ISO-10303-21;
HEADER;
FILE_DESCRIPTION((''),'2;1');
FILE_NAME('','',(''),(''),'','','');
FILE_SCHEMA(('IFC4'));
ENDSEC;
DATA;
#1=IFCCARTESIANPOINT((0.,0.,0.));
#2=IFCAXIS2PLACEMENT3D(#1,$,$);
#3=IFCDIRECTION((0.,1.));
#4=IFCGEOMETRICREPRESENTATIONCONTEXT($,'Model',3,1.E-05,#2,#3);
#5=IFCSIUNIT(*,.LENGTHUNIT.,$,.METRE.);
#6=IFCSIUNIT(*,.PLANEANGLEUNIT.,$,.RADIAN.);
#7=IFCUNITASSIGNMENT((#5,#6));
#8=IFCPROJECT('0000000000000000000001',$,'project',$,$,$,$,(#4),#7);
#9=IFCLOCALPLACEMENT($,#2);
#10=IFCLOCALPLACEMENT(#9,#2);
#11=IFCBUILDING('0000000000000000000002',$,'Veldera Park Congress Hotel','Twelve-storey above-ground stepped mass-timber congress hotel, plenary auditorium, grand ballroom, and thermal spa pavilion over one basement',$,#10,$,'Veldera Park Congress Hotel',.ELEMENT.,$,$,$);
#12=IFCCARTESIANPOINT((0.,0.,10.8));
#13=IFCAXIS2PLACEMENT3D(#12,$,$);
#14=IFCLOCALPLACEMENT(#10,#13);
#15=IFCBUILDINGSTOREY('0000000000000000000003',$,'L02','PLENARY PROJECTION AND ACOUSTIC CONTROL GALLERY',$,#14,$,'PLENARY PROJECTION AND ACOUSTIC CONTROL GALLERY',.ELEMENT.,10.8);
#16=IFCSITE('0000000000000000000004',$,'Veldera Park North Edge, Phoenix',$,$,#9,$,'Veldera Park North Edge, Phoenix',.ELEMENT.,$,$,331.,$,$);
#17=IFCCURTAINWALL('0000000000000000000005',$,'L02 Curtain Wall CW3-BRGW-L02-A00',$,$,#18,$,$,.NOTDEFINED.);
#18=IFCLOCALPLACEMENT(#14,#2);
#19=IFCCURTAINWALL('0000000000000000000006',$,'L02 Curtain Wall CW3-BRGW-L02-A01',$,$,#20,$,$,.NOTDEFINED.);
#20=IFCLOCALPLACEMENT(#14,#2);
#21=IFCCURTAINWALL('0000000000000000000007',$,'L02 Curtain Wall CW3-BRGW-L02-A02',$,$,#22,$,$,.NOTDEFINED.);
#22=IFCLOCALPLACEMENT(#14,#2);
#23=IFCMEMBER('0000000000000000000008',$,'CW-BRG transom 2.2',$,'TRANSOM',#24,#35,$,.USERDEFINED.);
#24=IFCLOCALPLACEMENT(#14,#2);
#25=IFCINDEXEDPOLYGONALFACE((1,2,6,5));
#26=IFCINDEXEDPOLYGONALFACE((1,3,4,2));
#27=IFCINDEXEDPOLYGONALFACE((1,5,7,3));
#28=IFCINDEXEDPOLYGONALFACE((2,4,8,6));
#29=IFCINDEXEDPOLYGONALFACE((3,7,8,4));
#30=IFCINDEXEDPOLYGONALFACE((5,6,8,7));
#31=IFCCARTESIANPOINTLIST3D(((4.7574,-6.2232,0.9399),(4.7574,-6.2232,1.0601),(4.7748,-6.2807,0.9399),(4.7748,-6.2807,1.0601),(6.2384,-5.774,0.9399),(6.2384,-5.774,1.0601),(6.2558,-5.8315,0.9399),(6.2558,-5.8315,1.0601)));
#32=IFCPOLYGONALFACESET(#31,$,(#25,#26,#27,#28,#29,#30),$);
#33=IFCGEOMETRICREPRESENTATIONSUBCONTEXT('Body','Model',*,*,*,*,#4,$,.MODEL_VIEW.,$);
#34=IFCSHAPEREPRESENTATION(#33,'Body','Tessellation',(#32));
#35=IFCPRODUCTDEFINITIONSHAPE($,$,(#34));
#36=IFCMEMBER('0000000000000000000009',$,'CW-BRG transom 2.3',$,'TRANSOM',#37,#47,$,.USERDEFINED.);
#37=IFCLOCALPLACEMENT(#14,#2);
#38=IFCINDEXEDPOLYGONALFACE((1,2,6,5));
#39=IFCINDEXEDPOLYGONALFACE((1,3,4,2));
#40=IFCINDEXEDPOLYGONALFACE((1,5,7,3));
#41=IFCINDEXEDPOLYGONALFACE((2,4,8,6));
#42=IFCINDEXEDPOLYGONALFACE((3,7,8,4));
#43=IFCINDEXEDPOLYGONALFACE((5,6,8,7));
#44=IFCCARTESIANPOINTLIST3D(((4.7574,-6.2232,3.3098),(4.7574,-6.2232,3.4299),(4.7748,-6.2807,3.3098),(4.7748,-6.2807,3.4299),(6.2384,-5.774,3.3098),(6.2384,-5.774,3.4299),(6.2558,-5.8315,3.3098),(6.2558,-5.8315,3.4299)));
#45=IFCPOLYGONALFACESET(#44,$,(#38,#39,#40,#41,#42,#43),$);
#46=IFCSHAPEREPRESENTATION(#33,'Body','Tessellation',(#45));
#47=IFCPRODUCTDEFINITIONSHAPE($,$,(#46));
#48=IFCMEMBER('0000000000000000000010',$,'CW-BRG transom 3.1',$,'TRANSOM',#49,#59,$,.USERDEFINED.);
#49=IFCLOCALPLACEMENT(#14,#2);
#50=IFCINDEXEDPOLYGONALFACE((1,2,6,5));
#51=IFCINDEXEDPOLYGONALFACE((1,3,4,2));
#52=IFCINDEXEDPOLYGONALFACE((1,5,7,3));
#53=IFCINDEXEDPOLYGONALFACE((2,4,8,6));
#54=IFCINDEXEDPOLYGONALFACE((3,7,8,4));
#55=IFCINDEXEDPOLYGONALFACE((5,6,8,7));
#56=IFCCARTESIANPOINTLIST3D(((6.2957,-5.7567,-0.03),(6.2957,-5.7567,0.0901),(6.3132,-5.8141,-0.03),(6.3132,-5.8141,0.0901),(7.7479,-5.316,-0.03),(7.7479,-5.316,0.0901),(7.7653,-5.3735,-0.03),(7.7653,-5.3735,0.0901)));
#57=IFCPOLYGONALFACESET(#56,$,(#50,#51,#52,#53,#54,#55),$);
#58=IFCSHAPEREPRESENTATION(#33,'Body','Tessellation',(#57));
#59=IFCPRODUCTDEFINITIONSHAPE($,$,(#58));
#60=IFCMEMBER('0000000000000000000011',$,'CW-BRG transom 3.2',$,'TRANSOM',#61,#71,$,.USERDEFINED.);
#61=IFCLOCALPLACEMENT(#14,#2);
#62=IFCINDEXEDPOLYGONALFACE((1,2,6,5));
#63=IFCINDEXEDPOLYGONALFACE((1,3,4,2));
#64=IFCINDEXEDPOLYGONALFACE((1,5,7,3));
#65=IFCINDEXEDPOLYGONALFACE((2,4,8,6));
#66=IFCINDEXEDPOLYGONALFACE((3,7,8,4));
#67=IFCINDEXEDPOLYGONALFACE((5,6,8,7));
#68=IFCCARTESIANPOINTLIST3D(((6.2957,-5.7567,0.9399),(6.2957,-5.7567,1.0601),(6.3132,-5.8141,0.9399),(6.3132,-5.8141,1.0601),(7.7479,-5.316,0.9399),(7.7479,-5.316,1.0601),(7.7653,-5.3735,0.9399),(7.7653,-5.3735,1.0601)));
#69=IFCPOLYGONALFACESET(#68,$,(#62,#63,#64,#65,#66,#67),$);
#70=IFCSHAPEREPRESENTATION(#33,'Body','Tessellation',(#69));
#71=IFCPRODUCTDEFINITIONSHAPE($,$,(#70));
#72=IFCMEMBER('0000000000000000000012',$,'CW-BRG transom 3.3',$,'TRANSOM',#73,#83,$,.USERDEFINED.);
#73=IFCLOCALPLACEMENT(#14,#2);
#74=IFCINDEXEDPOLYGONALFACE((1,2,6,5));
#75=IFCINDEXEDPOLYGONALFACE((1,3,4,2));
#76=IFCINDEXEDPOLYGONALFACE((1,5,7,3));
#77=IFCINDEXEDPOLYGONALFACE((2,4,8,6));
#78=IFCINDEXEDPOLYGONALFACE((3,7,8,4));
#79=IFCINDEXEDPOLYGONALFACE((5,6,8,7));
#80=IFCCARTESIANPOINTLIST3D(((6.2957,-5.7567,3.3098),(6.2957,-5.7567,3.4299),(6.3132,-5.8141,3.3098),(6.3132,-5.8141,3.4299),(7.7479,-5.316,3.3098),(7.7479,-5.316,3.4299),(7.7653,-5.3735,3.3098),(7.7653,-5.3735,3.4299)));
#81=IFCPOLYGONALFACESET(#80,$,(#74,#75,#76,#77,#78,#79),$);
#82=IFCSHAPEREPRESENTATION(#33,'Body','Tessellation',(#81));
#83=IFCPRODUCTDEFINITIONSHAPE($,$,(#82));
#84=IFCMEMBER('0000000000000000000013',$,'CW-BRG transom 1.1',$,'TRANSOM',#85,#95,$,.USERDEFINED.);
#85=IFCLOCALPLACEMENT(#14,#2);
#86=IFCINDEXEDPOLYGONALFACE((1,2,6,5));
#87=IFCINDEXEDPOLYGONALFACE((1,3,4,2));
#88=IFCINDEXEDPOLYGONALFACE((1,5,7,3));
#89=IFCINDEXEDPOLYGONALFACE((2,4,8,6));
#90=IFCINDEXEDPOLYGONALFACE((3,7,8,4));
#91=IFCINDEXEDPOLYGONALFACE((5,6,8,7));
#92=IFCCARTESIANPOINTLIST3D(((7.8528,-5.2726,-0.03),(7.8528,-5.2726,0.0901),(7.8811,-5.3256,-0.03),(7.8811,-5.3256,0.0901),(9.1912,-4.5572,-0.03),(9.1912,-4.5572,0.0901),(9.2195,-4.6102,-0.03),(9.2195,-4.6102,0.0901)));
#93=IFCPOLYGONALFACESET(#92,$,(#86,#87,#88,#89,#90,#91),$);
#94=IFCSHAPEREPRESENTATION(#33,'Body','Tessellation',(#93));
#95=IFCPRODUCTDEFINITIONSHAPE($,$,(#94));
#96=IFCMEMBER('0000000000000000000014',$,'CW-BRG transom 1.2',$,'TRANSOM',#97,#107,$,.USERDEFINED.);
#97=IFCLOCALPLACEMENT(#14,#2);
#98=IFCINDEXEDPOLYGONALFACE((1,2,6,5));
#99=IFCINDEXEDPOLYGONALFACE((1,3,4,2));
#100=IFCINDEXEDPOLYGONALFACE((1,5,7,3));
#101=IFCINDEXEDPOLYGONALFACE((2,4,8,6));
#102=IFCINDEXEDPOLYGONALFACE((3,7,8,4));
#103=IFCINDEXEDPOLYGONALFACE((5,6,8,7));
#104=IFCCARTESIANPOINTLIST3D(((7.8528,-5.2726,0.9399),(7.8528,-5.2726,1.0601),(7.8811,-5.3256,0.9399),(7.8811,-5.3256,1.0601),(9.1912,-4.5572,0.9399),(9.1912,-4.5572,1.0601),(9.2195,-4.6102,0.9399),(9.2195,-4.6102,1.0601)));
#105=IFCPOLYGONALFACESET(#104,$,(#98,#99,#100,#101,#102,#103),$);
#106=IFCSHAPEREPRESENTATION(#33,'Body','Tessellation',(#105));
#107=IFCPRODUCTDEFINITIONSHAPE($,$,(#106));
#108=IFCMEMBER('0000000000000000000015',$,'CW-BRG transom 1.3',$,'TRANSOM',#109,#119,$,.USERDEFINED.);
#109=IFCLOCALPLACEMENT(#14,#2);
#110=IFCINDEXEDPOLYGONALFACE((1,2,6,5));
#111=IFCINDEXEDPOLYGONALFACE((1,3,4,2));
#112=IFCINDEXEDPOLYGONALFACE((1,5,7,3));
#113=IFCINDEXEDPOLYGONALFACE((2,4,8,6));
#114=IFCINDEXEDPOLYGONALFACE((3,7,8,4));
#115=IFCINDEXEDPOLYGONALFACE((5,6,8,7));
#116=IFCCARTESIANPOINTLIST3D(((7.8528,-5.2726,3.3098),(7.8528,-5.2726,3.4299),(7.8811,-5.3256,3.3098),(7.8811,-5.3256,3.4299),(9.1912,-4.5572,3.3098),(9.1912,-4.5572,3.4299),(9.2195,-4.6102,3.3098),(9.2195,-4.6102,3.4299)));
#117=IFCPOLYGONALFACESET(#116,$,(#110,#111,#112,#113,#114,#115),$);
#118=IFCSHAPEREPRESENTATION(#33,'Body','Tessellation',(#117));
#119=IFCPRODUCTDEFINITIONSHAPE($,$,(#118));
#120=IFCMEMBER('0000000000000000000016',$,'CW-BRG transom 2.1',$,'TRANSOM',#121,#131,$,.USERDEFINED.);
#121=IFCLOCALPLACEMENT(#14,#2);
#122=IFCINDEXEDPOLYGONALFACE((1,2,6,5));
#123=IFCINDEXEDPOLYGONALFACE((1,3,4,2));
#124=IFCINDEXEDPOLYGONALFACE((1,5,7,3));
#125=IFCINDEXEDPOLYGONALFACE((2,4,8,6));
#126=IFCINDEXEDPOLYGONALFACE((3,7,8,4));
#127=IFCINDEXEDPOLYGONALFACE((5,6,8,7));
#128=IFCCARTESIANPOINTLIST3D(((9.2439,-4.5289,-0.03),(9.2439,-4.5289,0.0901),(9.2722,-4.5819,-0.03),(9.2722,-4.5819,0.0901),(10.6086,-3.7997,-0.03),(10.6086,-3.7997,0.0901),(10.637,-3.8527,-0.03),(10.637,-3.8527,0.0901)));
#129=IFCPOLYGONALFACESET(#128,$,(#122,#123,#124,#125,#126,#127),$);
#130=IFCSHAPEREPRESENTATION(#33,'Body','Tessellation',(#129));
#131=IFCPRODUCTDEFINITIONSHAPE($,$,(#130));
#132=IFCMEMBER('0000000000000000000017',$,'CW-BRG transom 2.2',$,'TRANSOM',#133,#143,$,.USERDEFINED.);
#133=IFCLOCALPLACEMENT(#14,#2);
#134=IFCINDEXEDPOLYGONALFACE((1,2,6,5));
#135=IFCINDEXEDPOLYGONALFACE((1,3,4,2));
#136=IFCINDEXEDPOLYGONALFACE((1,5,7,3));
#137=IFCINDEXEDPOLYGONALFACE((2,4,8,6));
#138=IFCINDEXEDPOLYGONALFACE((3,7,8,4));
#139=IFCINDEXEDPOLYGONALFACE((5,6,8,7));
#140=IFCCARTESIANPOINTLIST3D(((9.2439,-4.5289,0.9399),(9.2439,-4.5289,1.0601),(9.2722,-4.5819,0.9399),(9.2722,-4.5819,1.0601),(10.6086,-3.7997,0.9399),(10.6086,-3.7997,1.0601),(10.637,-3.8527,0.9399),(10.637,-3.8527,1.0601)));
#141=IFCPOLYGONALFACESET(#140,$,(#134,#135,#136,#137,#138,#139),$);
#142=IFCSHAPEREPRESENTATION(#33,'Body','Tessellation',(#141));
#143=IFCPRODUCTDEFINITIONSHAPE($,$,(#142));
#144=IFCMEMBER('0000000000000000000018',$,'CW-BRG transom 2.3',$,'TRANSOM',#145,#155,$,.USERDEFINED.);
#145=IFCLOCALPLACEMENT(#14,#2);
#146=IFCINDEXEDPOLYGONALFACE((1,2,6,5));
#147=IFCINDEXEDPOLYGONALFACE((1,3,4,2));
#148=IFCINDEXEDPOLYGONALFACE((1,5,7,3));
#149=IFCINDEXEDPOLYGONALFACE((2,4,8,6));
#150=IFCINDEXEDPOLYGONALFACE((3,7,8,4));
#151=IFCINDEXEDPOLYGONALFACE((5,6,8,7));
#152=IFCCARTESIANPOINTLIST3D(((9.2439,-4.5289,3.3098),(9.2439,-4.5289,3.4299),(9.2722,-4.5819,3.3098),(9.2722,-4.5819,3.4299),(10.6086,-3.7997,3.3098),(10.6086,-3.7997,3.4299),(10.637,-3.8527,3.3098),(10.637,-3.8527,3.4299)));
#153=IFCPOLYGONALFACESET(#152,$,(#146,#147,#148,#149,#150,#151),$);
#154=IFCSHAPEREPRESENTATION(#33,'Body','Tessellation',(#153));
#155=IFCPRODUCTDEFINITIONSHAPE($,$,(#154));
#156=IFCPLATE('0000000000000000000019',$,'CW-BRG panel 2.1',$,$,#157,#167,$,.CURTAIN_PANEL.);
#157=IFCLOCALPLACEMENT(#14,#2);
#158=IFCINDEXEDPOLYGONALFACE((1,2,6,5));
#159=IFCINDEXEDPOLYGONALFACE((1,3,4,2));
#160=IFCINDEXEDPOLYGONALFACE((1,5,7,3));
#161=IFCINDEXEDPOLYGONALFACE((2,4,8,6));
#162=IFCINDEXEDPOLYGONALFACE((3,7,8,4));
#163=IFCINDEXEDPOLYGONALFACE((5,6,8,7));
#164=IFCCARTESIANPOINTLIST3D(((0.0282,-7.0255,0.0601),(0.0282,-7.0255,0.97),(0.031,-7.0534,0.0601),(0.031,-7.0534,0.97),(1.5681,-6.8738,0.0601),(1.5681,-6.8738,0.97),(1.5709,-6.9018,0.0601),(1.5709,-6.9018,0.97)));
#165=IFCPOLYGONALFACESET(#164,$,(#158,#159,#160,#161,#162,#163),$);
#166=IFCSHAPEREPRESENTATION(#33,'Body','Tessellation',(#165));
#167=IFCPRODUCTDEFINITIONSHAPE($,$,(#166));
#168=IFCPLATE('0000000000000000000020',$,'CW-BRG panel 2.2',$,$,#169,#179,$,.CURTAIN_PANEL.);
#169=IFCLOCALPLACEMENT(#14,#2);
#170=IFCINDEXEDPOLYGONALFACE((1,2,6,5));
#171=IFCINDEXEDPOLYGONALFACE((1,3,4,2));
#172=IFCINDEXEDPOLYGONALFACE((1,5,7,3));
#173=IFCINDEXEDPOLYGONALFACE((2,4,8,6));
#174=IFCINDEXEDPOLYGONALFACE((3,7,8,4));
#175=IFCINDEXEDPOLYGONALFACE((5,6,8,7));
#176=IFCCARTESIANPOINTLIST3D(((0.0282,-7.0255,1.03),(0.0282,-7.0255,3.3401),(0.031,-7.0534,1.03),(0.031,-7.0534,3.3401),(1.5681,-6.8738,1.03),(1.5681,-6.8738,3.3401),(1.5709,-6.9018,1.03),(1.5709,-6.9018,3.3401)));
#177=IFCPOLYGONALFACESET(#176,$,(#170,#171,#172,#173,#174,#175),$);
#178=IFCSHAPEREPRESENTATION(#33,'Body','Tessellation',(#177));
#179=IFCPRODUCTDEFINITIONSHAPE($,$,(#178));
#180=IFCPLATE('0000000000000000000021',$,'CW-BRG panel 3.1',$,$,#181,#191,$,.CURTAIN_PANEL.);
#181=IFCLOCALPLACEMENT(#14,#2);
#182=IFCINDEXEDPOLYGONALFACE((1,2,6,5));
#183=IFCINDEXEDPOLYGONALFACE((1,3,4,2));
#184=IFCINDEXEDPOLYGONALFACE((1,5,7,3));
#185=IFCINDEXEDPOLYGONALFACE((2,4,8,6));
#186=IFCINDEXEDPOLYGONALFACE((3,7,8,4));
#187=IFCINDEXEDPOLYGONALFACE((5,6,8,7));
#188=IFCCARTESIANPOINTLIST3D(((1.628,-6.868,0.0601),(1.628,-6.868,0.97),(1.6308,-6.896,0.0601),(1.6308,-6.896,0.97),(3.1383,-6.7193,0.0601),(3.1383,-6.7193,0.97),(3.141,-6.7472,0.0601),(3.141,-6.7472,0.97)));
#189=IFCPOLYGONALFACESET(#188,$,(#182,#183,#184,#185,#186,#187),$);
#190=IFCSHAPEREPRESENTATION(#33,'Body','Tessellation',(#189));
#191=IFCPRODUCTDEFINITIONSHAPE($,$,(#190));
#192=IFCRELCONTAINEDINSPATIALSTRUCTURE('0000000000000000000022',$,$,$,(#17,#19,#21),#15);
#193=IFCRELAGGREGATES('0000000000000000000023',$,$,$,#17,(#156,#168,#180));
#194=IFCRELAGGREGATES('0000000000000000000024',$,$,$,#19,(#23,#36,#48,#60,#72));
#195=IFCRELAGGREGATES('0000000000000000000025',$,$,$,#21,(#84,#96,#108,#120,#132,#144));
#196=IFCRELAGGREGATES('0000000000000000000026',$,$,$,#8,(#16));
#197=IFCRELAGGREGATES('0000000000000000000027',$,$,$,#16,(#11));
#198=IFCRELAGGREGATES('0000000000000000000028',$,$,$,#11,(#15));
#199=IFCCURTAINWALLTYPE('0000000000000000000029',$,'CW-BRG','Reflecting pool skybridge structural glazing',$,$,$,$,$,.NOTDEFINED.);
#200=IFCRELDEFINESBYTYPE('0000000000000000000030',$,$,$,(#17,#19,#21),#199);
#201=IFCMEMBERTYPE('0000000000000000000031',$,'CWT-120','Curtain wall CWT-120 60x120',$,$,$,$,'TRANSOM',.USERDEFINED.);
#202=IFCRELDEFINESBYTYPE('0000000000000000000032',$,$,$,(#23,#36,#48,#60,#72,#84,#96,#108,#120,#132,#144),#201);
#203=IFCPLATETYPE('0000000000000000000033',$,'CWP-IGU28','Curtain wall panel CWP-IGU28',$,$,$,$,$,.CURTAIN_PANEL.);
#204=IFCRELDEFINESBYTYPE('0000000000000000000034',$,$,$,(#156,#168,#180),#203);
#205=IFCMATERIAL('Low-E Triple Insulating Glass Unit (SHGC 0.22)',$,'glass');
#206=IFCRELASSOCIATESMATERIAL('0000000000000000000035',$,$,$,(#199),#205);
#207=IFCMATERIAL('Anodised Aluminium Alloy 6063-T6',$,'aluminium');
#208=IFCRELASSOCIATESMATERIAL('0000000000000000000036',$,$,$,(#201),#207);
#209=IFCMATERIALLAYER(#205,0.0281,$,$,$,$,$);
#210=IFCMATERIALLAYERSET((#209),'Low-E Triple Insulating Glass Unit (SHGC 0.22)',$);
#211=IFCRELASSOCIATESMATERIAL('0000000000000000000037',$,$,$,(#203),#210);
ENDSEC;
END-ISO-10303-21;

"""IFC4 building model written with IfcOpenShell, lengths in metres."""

from ifc_helpers import new_model, si_unit, direction, frame, origin, origin_2d, place, context, subcontext, project, spatial, rectangle, extrude, material, layer, layer_set, material_profile, profile_set, type_object, element, aggregate, save


model = new_model("IFC4")

# Units and contexts
model_context = context("Model", 3, precision=1e-05, world=origin(), true_north=direction((0.0, 1.0)))
body_context = subcontext(model_context, "Body", "Model", "MODEL_VIEW")
ifc_project = project(units=[si_unit("LENGTHUNIT", "METRE"), si_unit("PLANEANGLEUNIT", "RADIAN")], contexts=[model_context])

# Site, building, storey
site_placement = place(None, origin())
site = spatial("IfcSite", under=ifc_project, at=site_placement, Name="Veldera Park North Edge, Phoenix", LongName="Veldera Park North Edge, Phoenix", CompositionType="ELEMENT", RefElevation=331.0)
building_placement = place(site_placement, origin())
building = spatial("IfcBuilding", under=site, at=building_placement, Name="Veldera Park Congress Hotel", Description="Twelve-storey above-ground stepped mass-timber congress hotel, plenary auditorium, grand ballroom, and thermal spa pavilion over one basement", LongName="Veldera Park Congress Hotel", CompositionType="ELEMENT")
storey_placement = place(building_placement, frame((0.0, 0.0, 10.8)))
storey = spatial("IfcBuildingStorey", under=building, at=storey_placement, Name="L02", Description="PLENARY PROJECTION AND ACOUSTIC CONTROL GALLERY", LongName="PLENARY PROJECTION AND ACOUSTIC CONTROL GALLERY", CompositionType="ELEMENT", Elevation=10.8)

# Curtain walls
ifc_material_1 = material(Name="Low-E Triple Insulating Glass Unit (SHGC 0.22)", Category="glass")
curtain_wall_type = type_object("IfcCurtainWallType", Name="CW-BRG", Description="Reflecting pool skybridge structural glazing", PredefinedType="NOTDEFINED", material=ifc_material_1)
curtain_wall_1_placement = place(storey_placement, origin())
curtain_wall_1 = element("IfcCurtainWall", 1, at=curtain_wall_1_placement, inside=storey, type_object=curtain_wall_type, Name="L02 Curtain Wall CW3-BRGW-L02-A00", PredefinedType="NOTDEFINED")
ifc_material_2 = material(Name="Anodised Aluminium Alloy 6063-T6", Category="aluminium")
curtain_wall_2_placement = place(storey_placement, origin())
curtain_wall_2 = element("IfcCurtainWall", 2, at=curtain_wall_2_placement, inside=storey, type_object=curtain_wall_type, Name="L02 Curtain Wall CW3-BRGW-L02-A01", PredefinedType="NOTDEFINED")
curtain_wall_3_placement = place(storey_placement, origin())
curtain_wall_3 = element("IfcCurtainWall", 3, at=curtain_wall_3_placement, inside=storey, type_object=curtain_wall_type, Name="L02 Curtain Wall CW3-BRGW-L02-A02", PredefinedType="NOTDEFINED")

# Members
ifc_material_profile_1 = material_profile(ifc_material_2, rectangle(XDim=0.0601, YDim=0.1201, at=origin_2d()), Name="ALU 60x120")
ifc_profile_set_1 = profile_set([ifc_material_profile_1], Name="Anodised Aluminium Alloy 6063-T6")
member_type_1 = type_object("IfcMemberType", Name="CWT-120", Description="Curtain wall CWT-120 60x120", ElementType="TRANSOM", PredefinedType="USERDEFINED", material=ifc_profile_set_1)
member_1_placement = place(storey_placement, frame((4.7661, -6.252, 1.0), z_axis=(0.956945, 0.29027, 0.0), x_axis=(-0.29027, 0.956945, 0.0)))
member_1 = element("IfcMember", 4, at=member_1_placement, type_object=member_type_1, Name="CW-BRG transom 2.2", ObjectType="TRANSOM", PredefinedType="USERDEFINED", context=body_context, shape_type="SweptSolid", body=[
    extrude(rectangle(XDim=0.0601, YDim=0.1201, at=origin_2d()), origin(), (0.0, 0.0, 1.0), 1.5476),
])
member_2_placement = place(storey_placement, frame((4.7661, -6.252, 3.3699), z_axis=(0.956945, 0.29027, 0.0), x_axis=(-0.29027, 0.956945, 0.0)))
member_2 = element("IfcMember", 5, at=member_2_placement, type_object=member_type_1, Name="CW-BRG transom 2.3", ObjectType="TRANSOM", PredefinedType="USERDEFINED", context=body_context, shape_type="SweptSolid", body=[
    extrude(rectangle(XDim=0.0601, YDim=0.1201, at=origin_2d()), origin(), (0.0, 0.0, 1.0), 1.5476),
])
member_3_placement = place(storey_placement, frame((6.3044, -5.7854, 0.03), z_axis=(0.956909, 0.290387, 0.0), x_axis=(-0.290387, 0.956909, 0.0)))
member_3 = element("IfcMember", 6, at=member_3_placement, type_object=member_type_1, Name="CW-BRG transom 3.1", ObjectType="TRANSOM", PredefinedType="USERDEFINED", context=body_context, shape_type="SweptSolid", body=[
    extrude(rectangle(XDim=0.0601, YDim=0.1201, at=origin_2d()), origin(), (0.0, 0.0, 1.0), 1.5176),
])
member_4_placement = place(storey_placement, frame((6.3044, -5.7854, 1.0), z_axis=(0.956909, 0.290387, 0.0), x_axis=(-0.290387, 0.956909, 0.0)))
member_4 = element("IfcMember", 7, at=member_4_placement, type_object=member_type_1, Name="CW-BRG transom 3.2", ObjectType="TRANSOM", PredefinedType="USERDEFINED", context=body_context, shape_type="SweptSolid", body=[
    extrude(rectangle(XDim=0.0601, YDim=0.1201, at=origin_2d()), origin(), (0.0, 0.0, 1.0), 1.5176),
])
member_5_placement = place(storey_placement, frame((6.3044, -5.7854, 3.3699), z_axis=(0.956909, 0.290387, 0.0), x_axis=(-0.290387, 0.956909, 0.0)))
member_5 = element("IfcMember", 8, at=member_5_placement, type_object=member_type_1, Name="CW-BRG transom 3.3", ObjectType="TRANSOM", PredefinedType="USERDEFINED", context=body_context, shape_type="SweptSolid", body=[
    extrude(rectangle(XDim=0.0601, YDim=0.1201, at=origin_2d()), origin(), (0.0, 0.0, 1.0), 1.5176),
])
member_6_placement = place(storey_placement, frame((7.8669, -5.2991, 0.03), z_axis=(0.881934, 0.471373, 0.0), x_axis=(-0.471373, 0.881934, 0.0)))
member_6 = element("IfcMember", 9, at=member_6_placement, type_object=member_type_1, Name="CW-BRG transom 1.1", ObjectType="TRANSOM", PredefinedType="USERDEFINED", context=body_context, shape_type="SweptSolid", body=[
    extrude(rectangle(XDim=0.0601, YDim=0.1201, at=origin_2d()), origin(), (0.0, 0.0, 1.0), 1.5176),
])
member_7_placement = place(storey_placement, frame((7.8669, -5.2991, 1.0), z_axis=(0.881934, 0.471373, 0.0), x_axis=(-0.471373, 0.881934, 0.0)))
member_7 = element("IfcMember", 10, at=member_7_placement, type_object=member_type_1, Name="CW-BRG transom 1.2", ObjectType="TRANSOM", PredefinedType="USERDEFINED", context=body_context, shape_type="SweptSolid", body=[
    extrude(rectangle(XDim=0.0601, YDim=0.1201, at=origin_2d()), origin(), (0.0, 0.0, 1.0), 1.5176),
])
member_8_placement = place(storey_placement, frame((7.8669, -5.2991, 3.3699), z_axis=(0.881934, 0.471373, 0.0), x_axis=(-0.471373, 0.881934, 0.0)))
member_8 = element("IfcMember", 11, at=member_8_placement, type_object=member_type_1, Name="CW-BRG transom 1.3", ObjectType="TRANSOM", PredefinedType="USERDEFINED", context=body_context, shape_type="SweptSolid", body=[
    extrude(rectangle(XDim=0.0601, YDim=0.1201, at=origin_2d()), origin(), (0.0, 0.0, 1.0), 1.5176),
])
member_9_placement = place(storey_placement, frame((9.2581, -4.5554, 0.03), z_axis=(0.881981, 0.471284, 0.0), x_axis=(-0.471284, 0.881981, 0.0)))
member_9 = element("IfcMember", 12, at=member_9_placement, type_object=member_type_1, Name="CW-BRG transom 2.1", ObjectType="TRANSOM", PredefinedType="USERDEFINED", context=body_context, shape_type="SweptSolid", body=[
    extrude(rectangle(XDim=0.0601, YDim=0.1201, at=origin_2d()), origin(), (0.0, 0.0, 1.0), 1.5474),
])
member_10_placement = place(storey_placement, frame((9.2581, -4.5554, 1.0), z_axis=(0.881981, 0.471284, 0.0), x_axis=(-0.471284, 0.881981, 0.0)))
member_10 = element("IfcMember", 13, at=member_10_placement, type_object=member_type_1, Name="CW-BRG transom 2.2", ObjectType="TRANSOM", PredefinedType="USERDEFINED", context=body_context, shape_type="SweptSolid", body=[
    extrude(rectangle(XDim=0.0601, YDim=0.1201, at=origin_2d()), origin(), (0.0, 0.0, 1.0), 1.5474),
])
member_11_placement = place(storey_placement, frame((9.2581, -4.5554, 3.3699), z_axis=(0.881981, 0.471284, 0.0), x_axis=(-0.471284, 0.881981, 0.0)))
member_11 = element("IfcMember", 14, at=member_11_placement, type_object=member_type_1, Name="CW-BRG transom 2.3", ObjectType="TRANSOM", PredefinedType="USERDEFINED", context=body_context, shape_type="SweptSolid", body=[
    extrude(rectangle(XDim=0.0601, YDim=0.1201, at=origin_2d()), origin(), (0.0, 0.0, 1.0), 1.5474),
])

# Plates
ifc_layer = layer(ifc_material_1, 0.0281)
ifc_layer_set = layer_set([ifc_layer], Name="Low-E Triple Insulating Glass Unit (SHGC 0.22)")
plate_type = type_object("IfcPlateType", Name="CWP-IGU28", Description="Curtain wall panel CWP-IGU28", PredefinedType="CURTAIN_PANEL", material=ifc_layer_set)
plate_1_placement = place(storey_placement, frame((0.7996, -6.9636, 0.0601), z_axis=(0.0, 0.0, 1.0), x_axis=(0.995184, 0.098021, 0.0)))
plate_1 = element("IfcPlate", 15, at=plate_1_placement, type_object=plate_type, Name="CW-BRG panel 2.1", PredefinedType="CURTAIN_PANEL", context=body_context, shape_type="SweptSolid", body=[
    extrude(rectangle(XDim=1.5474, YDim=0.0281, at=origin_2d()), origin(), (0.0, 0.0, 1.0), 0.9099),
])
plate_2_placement = place(storey_placement, frame((0.7996, -6.9636, 1.03), z_axis=(0.0, 0.0, 1.0), x_axis=(0.995184, 0.098021, 0.0)))
plate_2 = element("IfcPlate", 16, at=plate_2_placement, type_object=plate_type, Name="CW-BRG panel 2.2", PredefinedType="CURTAIN_PANEL", context=body_context, shape_type="SweptSolid", body=[
    extrude(rectangle(XDim=1.5474, YDim=0.0281, at=origin_2d()), origin(), (0.0, 0.0, 1.0), 2.3101),
])
plate_3_placement = place(storey_placement, frame((2.3845, -6.8076, 0.0601), z_axis=(0.0, 0.0, 1.0), x_axis=(0.995184, 0.098021, 0.0)))
plate_3 = element("IfcPlate", 17, at=plate_3_placement, type_object=plate_type, Name="CW-BRG panel 3.1", PredefinedType="CURTAIN_PANEL", context=body_context, shape_type="SweptSolid", body=[
    extrude(rectangle(XDim=1.5176, YDim=0.0281, at=origin_2d()), origin(), (0.0, 0.0, 1.0), 0.9099),
])
aggregate(curtain_wall_1, [plate_1, plate_2, plate_3])
aggregate(curtain_wall_2, [member_1, member_2, member_3, member_4, member_5])
aggregate(curtain_wall_3, [member_6, member_7, member_8, member_9, member_10, member_11])

save(model, "model.ifc")
